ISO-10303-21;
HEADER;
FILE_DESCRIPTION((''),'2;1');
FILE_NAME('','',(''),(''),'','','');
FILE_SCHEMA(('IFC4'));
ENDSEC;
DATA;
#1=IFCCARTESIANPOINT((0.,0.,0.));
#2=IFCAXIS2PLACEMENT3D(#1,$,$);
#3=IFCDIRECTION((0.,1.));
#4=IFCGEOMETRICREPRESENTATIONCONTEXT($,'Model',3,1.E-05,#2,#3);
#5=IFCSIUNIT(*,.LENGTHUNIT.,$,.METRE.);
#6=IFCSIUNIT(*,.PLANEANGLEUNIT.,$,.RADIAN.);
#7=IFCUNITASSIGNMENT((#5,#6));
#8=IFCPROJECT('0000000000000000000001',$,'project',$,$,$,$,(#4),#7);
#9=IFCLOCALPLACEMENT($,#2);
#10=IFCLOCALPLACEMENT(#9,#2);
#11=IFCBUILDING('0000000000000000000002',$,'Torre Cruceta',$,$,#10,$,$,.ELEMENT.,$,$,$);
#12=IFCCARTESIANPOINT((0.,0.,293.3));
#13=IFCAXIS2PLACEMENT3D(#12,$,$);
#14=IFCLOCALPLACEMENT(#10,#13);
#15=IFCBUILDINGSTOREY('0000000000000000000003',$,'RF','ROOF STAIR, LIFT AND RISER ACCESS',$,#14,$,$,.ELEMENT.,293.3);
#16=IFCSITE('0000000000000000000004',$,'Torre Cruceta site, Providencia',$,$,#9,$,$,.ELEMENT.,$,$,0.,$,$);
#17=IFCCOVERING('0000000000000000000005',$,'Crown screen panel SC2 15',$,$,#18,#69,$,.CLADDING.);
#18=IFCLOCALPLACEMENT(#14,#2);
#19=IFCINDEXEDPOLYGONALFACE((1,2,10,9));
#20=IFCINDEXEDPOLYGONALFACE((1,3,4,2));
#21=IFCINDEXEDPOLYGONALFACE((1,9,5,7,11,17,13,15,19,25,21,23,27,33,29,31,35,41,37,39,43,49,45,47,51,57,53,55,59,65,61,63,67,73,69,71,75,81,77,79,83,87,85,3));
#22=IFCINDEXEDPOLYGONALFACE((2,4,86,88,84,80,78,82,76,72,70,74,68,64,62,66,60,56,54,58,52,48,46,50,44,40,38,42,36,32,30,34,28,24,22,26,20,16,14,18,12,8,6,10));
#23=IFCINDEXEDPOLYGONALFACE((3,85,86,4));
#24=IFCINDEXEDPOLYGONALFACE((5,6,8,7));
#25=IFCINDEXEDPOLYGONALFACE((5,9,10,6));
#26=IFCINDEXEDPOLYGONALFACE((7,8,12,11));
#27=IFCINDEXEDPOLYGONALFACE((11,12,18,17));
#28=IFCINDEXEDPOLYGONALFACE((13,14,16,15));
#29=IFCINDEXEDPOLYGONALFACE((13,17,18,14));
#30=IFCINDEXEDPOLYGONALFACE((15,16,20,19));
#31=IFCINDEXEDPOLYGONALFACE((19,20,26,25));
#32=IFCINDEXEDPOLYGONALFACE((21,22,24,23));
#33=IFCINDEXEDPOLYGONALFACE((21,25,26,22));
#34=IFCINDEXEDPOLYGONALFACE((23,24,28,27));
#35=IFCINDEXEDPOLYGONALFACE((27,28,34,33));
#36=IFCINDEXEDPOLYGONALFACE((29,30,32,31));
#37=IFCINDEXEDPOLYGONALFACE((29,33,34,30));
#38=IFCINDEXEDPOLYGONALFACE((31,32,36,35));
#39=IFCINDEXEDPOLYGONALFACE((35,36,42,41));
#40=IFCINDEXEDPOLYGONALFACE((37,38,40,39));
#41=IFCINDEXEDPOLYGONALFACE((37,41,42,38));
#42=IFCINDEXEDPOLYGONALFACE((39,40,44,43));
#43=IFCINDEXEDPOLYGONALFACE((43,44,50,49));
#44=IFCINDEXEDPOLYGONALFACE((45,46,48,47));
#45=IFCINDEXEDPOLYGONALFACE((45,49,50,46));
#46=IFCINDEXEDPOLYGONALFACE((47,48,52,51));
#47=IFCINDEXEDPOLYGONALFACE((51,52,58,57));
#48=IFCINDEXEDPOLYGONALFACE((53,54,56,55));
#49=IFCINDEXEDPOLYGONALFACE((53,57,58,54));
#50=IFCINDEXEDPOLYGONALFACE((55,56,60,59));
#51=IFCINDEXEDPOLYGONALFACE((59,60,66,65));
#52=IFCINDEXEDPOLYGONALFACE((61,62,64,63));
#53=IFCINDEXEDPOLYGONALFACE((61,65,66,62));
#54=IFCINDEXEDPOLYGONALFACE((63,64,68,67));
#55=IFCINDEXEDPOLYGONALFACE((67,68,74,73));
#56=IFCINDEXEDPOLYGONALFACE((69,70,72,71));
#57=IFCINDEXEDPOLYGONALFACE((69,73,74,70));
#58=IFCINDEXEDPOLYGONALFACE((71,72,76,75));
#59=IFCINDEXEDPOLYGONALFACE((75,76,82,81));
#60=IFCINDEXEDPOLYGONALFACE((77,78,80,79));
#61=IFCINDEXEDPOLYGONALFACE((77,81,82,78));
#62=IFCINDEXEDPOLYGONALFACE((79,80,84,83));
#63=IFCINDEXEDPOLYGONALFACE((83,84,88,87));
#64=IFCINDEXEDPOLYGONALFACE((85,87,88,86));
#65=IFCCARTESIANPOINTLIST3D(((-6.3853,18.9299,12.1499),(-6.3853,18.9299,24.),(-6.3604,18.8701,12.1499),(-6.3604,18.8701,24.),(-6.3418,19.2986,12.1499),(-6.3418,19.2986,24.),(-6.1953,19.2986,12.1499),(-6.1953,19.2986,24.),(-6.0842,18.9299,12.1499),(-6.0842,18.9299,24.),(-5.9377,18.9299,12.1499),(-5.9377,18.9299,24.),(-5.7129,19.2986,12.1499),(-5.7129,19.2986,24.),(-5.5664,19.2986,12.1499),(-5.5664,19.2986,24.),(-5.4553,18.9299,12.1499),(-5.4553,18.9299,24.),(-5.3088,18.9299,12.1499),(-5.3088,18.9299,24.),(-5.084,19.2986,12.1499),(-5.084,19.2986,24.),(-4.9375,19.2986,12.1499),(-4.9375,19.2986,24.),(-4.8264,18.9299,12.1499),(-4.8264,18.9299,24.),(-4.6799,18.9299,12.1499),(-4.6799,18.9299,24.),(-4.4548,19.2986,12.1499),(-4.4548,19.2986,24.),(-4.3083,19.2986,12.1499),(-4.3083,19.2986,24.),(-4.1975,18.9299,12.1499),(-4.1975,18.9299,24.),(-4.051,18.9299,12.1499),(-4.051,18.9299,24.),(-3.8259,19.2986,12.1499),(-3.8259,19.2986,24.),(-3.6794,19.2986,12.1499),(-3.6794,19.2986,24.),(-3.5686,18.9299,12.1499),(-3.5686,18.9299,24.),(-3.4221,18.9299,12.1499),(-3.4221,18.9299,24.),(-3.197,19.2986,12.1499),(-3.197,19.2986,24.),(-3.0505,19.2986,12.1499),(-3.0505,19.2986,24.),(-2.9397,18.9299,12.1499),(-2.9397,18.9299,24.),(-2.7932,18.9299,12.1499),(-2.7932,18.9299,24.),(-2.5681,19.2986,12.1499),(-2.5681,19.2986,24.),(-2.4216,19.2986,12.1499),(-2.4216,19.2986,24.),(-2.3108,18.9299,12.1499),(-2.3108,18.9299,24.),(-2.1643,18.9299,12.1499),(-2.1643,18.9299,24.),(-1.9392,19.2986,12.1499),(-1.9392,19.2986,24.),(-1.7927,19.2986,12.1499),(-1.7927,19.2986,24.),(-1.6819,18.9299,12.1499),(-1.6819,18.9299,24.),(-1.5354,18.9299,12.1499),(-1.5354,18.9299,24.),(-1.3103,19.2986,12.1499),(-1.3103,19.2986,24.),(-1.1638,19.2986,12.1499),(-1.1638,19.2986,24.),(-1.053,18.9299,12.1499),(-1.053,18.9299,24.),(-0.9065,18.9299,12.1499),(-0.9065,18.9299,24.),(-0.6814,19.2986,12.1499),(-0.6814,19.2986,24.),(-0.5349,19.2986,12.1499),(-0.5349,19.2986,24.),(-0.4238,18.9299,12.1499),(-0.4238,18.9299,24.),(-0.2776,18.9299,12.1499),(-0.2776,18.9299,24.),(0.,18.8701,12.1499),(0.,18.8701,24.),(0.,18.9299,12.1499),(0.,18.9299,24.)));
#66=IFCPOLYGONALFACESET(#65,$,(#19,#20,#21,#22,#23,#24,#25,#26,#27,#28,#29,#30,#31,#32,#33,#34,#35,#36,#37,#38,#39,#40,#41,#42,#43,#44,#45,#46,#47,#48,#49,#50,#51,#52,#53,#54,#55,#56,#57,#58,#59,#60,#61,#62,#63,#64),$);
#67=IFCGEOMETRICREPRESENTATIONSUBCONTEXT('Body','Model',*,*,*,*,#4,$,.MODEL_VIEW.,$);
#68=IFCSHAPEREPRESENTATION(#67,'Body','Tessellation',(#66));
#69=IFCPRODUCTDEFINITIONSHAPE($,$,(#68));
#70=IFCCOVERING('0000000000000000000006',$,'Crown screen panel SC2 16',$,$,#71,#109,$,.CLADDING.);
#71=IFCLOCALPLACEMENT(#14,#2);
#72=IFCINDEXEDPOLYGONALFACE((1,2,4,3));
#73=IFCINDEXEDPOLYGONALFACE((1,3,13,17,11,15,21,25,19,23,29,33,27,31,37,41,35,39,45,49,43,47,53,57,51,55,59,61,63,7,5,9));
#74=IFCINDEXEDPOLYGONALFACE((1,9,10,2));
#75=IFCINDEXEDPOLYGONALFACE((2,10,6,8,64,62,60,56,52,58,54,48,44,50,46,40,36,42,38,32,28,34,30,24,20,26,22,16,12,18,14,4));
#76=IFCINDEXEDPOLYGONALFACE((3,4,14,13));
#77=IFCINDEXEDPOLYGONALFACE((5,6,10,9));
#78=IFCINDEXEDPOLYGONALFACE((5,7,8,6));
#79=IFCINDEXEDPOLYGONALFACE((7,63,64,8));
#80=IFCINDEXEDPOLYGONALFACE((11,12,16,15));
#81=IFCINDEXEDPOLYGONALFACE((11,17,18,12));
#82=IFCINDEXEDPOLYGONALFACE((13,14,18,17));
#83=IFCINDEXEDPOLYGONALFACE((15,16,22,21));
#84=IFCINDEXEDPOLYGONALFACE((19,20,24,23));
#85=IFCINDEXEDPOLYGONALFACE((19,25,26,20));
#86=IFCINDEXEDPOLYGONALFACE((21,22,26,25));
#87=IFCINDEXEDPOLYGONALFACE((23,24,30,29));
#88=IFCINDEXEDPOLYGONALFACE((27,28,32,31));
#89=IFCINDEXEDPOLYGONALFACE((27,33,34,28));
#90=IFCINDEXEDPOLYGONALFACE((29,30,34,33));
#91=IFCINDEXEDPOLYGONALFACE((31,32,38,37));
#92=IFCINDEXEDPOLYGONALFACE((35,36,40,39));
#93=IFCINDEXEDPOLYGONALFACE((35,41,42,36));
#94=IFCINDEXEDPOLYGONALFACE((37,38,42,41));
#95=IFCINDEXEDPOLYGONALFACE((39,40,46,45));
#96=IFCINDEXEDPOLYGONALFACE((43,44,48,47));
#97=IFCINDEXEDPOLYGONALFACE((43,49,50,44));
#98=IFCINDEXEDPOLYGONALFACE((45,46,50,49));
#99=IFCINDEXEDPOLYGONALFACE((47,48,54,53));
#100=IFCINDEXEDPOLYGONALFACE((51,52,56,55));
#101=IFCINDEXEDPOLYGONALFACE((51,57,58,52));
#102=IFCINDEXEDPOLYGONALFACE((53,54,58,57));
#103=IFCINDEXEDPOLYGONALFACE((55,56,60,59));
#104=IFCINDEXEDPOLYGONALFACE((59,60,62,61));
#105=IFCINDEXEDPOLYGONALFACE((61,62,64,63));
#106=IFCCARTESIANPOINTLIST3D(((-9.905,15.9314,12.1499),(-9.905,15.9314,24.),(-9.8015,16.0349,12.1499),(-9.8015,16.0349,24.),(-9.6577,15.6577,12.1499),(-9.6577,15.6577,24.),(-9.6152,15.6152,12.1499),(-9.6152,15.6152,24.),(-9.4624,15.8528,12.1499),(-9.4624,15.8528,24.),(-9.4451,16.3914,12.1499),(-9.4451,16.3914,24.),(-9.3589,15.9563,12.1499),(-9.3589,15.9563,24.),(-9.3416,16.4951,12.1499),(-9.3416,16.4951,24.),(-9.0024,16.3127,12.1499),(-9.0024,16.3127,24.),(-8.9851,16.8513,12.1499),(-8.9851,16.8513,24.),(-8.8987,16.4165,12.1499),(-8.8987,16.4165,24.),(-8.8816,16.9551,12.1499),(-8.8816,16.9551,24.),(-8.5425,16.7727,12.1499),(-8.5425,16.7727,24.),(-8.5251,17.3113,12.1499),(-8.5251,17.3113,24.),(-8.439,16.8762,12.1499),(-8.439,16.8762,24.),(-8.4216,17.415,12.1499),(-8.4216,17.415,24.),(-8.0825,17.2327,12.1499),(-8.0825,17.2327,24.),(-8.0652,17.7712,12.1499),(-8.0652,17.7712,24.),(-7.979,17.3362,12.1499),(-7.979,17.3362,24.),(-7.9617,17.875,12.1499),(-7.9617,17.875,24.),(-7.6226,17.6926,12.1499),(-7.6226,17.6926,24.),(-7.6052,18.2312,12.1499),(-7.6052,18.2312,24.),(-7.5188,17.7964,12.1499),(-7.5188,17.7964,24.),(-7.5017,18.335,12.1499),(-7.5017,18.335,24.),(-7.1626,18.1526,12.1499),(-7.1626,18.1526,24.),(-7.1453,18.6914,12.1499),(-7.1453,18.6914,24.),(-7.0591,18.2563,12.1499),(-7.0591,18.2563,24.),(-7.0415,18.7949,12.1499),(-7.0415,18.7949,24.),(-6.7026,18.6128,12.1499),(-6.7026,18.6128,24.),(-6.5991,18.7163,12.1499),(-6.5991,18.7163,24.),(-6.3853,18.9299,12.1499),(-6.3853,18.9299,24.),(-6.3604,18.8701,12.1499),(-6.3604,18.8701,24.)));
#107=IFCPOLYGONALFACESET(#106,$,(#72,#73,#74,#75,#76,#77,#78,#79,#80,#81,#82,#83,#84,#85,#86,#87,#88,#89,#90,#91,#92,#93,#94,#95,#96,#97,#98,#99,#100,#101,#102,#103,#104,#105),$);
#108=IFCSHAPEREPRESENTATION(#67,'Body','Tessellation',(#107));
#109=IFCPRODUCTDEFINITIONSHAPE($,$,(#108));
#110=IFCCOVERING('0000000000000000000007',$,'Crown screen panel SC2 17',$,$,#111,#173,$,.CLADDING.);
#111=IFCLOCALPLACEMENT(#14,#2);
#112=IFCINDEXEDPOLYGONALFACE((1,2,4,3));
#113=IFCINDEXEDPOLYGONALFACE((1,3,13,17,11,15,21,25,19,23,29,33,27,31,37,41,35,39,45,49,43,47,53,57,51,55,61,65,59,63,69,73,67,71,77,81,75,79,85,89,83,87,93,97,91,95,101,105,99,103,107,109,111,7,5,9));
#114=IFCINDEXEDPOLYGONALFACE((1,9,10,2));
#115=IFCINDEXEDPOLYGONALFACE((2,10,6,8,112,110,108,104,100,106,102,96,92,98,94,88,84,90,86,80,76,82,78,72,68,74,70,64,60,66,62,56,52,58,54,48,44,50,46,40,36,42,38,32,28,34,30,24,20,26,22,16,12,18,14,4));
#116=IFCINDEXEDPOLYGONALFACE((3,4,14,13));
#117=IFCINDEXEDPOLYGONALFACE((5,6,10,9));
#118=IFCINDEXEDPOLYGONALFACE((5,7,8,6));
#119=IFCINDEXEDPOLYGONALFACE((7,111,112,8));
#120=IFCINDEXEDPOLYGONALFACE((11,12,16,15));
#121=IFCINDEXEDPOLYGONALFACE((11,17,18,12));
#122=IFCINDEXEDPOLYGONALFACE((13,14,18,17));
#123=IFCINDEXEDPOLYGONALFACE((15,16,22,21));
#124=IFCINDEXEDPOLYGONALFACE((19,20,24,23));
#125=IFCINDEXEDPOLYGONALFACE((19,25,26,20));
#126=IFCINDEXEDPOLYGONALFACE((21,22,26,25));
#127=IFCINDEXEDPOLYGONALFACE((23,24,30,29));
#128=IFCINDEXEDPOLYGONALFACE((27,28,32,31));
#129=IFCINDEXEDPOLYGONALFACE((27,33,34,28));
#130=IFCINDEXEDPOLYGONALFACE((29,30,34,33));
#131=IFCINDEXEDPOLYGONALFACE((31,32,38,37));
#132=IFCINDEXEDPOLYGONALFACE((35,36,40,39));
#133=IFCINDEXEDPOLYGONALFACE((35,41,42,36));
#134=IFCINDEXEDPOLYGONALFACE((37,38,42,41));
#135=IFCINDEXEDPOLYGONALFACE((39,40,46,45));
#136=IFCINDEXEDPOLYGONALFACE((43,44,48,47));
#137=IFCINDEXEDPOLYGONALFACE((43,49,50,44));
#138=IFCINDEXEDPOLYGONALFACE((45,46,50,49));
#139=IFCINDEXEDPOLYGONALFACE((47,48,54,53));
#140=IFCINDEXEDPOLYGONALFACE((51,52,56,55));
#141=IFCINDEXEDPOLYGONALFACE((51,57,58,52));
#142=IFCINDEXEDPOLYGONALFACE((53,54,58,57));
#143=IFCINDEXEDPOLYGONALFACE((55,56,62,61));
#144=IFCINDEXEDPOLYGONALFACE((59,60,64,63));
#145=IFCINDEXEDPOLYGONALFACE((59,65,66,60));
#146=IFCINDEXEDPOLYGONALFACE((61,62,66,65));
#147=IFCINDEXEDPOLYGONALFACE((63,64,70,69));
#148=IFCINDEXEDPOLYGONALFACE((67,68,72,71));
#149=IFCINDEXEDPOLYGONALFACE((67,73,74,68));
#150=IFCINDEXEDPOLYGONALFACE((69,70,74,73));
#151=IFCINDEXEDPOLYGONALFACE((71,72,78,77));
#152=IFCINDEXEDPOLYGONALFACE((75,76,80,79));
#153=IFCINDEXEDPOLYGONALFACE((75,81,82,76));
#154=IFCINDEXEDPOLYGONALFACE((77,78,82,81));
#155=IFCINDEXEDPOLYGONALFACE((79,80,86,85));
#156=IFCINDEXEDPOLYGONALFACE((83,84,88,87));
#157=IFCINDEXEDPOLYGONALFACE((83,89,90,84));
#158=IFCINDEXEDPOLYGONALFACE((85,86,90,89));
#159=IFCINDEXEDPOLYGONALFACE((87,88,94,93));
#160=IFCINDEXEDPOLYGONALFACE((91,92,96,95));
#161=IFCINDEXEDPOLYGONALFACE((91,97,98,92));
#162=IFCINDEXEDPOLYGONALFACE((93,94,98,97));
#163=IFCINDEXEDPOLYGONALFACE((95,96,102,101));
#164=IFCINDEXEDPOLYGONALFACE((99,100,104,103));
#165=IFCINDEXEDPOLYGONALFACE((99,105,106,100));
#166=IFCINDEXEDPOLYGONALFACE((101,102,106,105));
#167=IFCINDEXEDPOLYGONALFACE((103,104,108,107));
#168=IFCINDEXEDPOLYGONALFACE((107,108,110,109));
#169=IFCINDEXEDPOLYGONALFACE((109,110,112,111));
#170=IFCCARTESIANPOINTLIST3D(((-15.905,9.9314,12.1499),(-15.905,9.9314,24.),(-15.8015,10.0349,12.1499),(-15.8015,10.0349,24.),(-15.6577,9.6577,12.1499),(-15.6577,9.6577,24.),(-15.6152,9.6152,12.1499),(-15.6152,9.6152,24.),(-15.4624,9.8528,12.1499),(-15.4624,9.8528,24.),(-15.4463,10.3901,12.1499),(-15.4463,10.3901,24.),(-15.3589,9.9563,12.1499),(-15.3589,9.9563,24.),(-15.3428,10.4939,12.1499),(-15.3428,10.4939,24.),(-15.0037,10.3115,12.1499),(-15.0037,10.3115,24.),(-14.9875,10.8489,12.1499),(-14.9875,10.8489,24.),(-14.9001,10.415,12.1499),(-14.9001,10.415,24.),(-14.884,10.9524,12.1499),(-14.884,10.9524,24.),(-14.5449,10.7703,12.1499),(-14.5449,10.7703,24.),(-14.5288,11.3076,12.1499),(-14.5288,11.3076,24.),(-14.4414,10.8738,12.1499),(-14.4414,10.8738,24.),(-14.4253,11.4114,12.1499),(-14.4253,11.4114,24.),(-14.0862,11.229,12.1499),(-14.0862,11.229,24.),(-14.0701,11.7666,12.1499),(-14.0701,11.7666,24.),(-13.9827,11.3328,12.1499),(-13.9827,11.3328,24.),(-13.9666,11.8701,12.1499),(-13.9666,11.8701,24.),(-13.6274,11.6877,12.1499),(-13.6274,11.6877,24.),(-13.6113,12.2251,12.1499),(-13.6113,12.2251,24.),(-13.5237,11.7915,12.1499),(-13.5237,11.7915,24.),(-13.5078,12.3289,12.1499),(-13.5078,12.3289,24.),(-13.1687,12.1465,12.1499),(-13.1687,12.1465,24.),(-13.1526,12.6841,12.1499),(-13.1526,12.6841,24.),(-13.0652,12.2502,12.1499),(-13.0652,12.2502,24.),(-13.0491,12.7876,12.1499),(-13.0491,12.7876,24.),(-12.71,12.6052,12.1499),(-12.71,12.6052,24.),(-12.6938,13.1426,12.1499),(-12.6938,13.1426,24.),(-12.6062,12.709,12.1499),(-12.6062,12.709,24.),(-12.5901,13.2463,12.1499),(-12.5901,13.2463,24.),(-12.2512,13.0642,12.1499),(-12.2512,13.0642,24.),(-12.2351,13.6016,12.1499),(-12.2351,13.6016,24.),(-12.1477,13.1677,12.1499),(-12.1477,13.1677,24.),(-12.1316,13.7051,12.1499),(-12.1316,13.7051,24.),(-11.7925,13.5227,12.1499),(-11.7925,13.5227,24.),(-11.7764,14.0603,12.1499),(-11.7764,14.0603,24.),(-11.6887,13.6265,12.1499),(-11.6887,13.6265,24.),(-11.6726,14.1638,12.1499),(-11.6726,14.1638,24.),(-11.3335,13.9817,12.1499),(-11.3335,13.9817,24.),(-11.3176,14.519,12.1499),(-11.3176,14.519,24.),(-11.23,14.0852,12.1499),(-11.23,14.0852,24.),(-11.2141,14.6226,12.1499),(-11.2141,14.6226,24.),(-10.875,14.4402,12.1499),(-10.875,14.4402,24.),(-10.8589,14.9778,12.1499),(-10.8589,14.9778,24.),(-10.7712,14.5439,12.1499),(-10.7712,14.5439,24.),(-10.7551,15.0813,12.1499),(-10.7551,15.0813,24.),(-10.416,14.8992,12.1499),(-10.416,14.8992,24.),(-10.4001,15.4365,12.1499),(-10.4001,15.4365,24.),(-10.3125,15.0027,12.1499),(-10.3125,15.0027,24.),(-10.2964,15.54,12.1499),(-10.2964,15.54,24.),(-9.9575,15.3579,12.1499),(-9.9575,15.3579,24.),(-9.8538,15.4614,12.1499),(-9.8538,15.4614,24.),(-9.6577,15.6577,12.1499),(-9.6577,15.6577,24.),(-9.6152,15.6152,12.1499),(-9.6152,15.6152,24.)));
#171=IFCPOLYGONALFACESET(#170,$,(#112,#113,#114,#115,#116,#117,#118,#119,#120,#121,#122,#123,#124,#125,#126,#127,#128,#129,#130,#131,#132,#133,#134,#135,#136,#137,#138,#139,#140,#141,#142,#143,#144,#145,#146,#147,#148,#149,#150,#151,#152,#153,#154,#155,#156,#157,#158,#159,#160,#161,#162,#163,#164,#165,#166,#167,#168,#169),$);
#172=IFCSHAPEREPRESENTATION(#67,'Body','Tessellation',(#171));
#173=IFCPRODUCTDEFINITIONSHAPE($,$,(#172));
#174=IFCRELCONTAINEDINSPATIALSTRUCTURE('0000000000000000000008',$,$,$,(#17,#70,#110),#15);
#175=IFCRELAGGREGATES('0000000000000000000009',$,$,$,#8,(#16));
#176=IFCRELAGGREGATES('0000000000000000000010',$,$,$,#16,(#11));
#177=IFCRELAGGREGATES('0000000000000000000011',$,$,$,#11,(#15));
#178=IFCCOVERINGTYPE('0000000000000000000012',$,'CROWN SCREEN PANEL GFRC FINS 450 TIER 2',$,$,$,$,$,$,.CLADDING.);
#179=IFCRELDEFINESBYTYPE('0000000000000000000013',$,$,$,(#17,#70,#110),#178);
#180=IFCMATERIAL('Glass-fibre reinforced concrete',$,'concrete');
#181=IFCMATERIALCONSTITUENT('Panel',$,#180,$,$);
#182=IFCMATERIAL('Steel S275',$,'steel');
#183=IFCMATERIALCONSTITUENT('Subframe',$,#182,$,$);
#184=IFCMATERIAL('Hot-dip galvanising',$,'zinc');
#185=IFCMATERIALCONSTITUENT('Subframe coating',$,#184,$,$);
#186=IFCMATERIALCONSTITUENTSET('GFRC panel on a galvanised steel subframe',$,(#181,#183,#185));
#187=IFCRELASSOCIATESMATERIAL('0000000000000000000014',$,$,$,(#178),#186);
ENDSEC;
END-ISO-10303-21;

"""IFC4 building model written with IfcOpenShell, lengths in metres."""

from ifc_helpers import new_model, si_unit, direction, frame, origin, place, context, subcontext, project, spatial, polyline, outline, extrude, material, constituent, constituent_set, type_object, element, save


model = new_model("IFC4")

# Units and contexts
model_context = context("Model", 3, precision=1e-05, world=origin(), true_north=direction((0.0, 1.0)))
body_context = subcontext(model_context, "Body", "Model", "MODEL_VIEW")
ifc_project = project(units=[si_unit("LENGTHUNIT", "METRE"), si_unit("PLANEANGLEUNIT", "RADIAN")], contexts=[model_context])

# Site, building, storey
site_placement = place(None, origin())
site = spatial("IfcSite", under=ifc_project, at=site_placement, Name="Torre Cruceta site, Providencia", CompositionType="ELEMENT", RefElevation=0.0)
building_placement = place(site_placement, origin())
building = spatial("IfcBuilding", under=site, at=building_placement, Name="Torre Cruceta", CompositionType="ELEMENT")
storey_placement = place(building_placement, frame((0.0, 0.0, 293.3)))
storey = spatial("IfcBuildingStorey", under=building, at=storey_placement, Name="RF", Description="ROOF STAIR, LIFT AND RISER ACCESS", CompositionType="ELEMENT", Elevation=293.3)

# Coverings
ifc_material_1 = material(Name="Glass-fibre reinforced concrete", Category="concrete")
ifc_constituent_1 = constituent(ifc_material_1, Name="Panel")
ifc_material_2 = material(Name="Steel S275", Category="steel")
ifc_constituent_2 = constituent(ifc_material_2, Name="Subframe")
ifc_material_3 = material(Name="Hot-dip galvanising", Category="zinc")
ifc_constituent_3 = constituent(ifc_material_3, Name="Subframe coating")
ifc_constituent_set_1 = constituent_set(constituents=[ifc_constituent_1, ifc_constituent_2, ifc_constituent_3], Name="GFRC panel on a galvanised steel subframe")
covering_type_1 = type_object("IfcCoveringType", Name="CROWN SCREEN PANEL GFRC FINS 450 TIER 2", PredefinedType="CLADDING", material=ifc_constituent_set_1)
covering_1_placement = place(storey_placement, frame((0.0, 0.0, 12.1499)))
element("IfcCovering", 1, at=covering_1_placement, inside=storey, type_object=covering_type_1, Name="Crown screen panel SC2 15", PredefinedType="CLADDING", context=body_context, shape_type="SweptSolid", body=[
    extrude(outline(polyline([(-6.3853, 18.9299), (-6.3604, 18.8701), (0.0, 18.8701), (0.0, 18.9299), (-0.2776, 18.9299), (-0.5349, 19.2986), (-0.6814, 19.2986), (-0.4238, 18.9299), (-0.9065, 18.9299), (-1.1638, 19.2986), (-1.3103, 19.2986), (-1.053, 18.9299), (-1.5354, 18.9299), (-1.7927, 19.2986), (-1.9392, 19.2986), (-1.6819, 18.9299), (-2.1643, 18.9299), (-2.4216, 19.2986), (-2.5681, 19.2986), (-2.3108, 18.9299), (-2.7932, 18.9299), (-3.0505, 19.2986), (-3.197, 19.2986), (-2.9397, 18.9299), (-3.4221, 18.9299), (-3.6794, 19.2986), (-3.8259, 19.2986), (-3.5686, 18.9299), (-4.051, 18.9299), (-4.3083, 19.2986), (-4.4548, 19.2986), (-4.1975, 18.9299), (-4.6799, 18.9299), (-4.9375, 19.2986), (-5.084, 19.2986), (-4.8264, 18.9299), (-5.3088, 18.9299), (-5.5664, 19.2986), (-5.7129, 19.2986), (-5.4553, 18.9299), (-5.9377, 18.9299), (-6.1953, 19.2986), (-6.3418, 19.2986), (-6.0842, 18.9299), (-6.3853, 18.9299)])), origin(), (0.0, 0.0, 1.0), 11.8501),
])
covering_2_placement = place(storey_placement, frame((0.0, 0.0, 12.1499)))
element("IfcCovering", 2, at=covering_2_placement, inside=storey, type_object=covering_type_1, Name="Crown screen panel SC2 16", PredefinedType="CLADDING", context=body_context, shape_type="SweptSolid", body=[
    extrude(outline(polyline([(-9.905, 15.9314), (-9.4624, 15.8528), (-9.6577, 15.6577), (-9.6152, 15.6152), (-6.3604, 18.8701), (-6.3853, 18.9299), (-6.5991, 18.7163), (-7.0415, 18.7949), (-7.1453, 18.6914), (-6.7026, 18.6128), (-7.0591, 18.2563), (-7.5017, 18.335), (-7.6052, 18.2312), (-7.1626, 18.1526), (-7.5188, 17.7964), (-7.9617, 17.875), (-8.0652, 17.7712), (-7.6226, 17.6926), (-7.979, 17.3362), (-8.4216, 17.415), (-8.5251, 17.3113), (-8.0825, 17.2327), (-8.439, 16.8762), (-8.8816, 16.9551), (-8.9851, 16.8513), (-8.5425, 16.7727), (-8.8987, 16.4165), (-9.3416, 16.4951), (-9.4451, 16.3914), (-9.0024, 16.3127), (-9.3589, 15.9563), (-9.8015, 16.0349), (-9.905, 15.9314)])), origin(), (0.0, 0.0, 1.0), 11.8501),
])
covering_3_placement = place(storey_placement, frame((0.0, 0.0, 12.1499)))
element("IfcCovering", 3, at=covering_3_placement, inside=storey, type_object=covering_type_1, Name="Crown screen panel SC2 17", PredefinedType="CLADDING", context=body_context, shape_type="SweptSolid", body=[
    extrude(outline(polyline([(-15.905, 9.9314), (-15.4624, 9.8528), (-15.6577, 9.6577), (-15.6152, 9.6152), (-9.6152, 15.6152), (-9.6577, 15.6577), (-9.8538, 15.4614), (-10.2964, 15.54), (-10.4001, 15.4365), (-9.9575, 15.3579), (-10.3125, 15.0027), (-10.7551, 15.0813), (-10.8589, 14.9778), (-10.416, 14.8992), (-10.7712, 14.5439), (-11.2141, 14.6226), (-11.3176, 14.519), (-10.875, 14.4402), (-11.23, 14.0852), (-11.6726, 14.1638), (-11.7764, 14.0603), (-11.3335, 13.9817), (-11.6887, 13.6265), (-12.1316, 13.7051), (-12.2351, 13.6016), (-11.7925, 13.5227), (-12.1477, 13.1677), (-12.5901, 13.2463), (-12.6938, 13.1426), (-12.2512, 13.0642), (-12.6062, 12.709), (-13.0491, 12.7876), (-13.1526, 12.6841), (-12.71, 12.6052), (-13.0652, 12.2502), (-13.5078, 12.3289), (-13.6113, 12.2251), (-13.1687, 12.1465), (-13.5237, 11.7915), (-13.9666, 11.8701), (-14.0701, 11.7666), (-13.6274, 11.6877), (-13.9827, 11.3328), (-14.4253, 11.4114), (-14.5288, 11.3076), (-14.0862, 11.229), (-14.4414, 10.8738), (-14.884, 10.9524), (-14.9875, 10.8489), (-14.5449, 10.7703), (-14.9001, 10.415), (-15.3428, 10.4939), (-15.4463, 10.3901), (-15.0037, 10.3115), (-15.3589, 9.9563), (-15.8015, 10.0349), (-15.905, 9.9314)])), origin(), (0.0, 0.0, 1.0), 11.8501),
])

save(model, "model.ifc")
